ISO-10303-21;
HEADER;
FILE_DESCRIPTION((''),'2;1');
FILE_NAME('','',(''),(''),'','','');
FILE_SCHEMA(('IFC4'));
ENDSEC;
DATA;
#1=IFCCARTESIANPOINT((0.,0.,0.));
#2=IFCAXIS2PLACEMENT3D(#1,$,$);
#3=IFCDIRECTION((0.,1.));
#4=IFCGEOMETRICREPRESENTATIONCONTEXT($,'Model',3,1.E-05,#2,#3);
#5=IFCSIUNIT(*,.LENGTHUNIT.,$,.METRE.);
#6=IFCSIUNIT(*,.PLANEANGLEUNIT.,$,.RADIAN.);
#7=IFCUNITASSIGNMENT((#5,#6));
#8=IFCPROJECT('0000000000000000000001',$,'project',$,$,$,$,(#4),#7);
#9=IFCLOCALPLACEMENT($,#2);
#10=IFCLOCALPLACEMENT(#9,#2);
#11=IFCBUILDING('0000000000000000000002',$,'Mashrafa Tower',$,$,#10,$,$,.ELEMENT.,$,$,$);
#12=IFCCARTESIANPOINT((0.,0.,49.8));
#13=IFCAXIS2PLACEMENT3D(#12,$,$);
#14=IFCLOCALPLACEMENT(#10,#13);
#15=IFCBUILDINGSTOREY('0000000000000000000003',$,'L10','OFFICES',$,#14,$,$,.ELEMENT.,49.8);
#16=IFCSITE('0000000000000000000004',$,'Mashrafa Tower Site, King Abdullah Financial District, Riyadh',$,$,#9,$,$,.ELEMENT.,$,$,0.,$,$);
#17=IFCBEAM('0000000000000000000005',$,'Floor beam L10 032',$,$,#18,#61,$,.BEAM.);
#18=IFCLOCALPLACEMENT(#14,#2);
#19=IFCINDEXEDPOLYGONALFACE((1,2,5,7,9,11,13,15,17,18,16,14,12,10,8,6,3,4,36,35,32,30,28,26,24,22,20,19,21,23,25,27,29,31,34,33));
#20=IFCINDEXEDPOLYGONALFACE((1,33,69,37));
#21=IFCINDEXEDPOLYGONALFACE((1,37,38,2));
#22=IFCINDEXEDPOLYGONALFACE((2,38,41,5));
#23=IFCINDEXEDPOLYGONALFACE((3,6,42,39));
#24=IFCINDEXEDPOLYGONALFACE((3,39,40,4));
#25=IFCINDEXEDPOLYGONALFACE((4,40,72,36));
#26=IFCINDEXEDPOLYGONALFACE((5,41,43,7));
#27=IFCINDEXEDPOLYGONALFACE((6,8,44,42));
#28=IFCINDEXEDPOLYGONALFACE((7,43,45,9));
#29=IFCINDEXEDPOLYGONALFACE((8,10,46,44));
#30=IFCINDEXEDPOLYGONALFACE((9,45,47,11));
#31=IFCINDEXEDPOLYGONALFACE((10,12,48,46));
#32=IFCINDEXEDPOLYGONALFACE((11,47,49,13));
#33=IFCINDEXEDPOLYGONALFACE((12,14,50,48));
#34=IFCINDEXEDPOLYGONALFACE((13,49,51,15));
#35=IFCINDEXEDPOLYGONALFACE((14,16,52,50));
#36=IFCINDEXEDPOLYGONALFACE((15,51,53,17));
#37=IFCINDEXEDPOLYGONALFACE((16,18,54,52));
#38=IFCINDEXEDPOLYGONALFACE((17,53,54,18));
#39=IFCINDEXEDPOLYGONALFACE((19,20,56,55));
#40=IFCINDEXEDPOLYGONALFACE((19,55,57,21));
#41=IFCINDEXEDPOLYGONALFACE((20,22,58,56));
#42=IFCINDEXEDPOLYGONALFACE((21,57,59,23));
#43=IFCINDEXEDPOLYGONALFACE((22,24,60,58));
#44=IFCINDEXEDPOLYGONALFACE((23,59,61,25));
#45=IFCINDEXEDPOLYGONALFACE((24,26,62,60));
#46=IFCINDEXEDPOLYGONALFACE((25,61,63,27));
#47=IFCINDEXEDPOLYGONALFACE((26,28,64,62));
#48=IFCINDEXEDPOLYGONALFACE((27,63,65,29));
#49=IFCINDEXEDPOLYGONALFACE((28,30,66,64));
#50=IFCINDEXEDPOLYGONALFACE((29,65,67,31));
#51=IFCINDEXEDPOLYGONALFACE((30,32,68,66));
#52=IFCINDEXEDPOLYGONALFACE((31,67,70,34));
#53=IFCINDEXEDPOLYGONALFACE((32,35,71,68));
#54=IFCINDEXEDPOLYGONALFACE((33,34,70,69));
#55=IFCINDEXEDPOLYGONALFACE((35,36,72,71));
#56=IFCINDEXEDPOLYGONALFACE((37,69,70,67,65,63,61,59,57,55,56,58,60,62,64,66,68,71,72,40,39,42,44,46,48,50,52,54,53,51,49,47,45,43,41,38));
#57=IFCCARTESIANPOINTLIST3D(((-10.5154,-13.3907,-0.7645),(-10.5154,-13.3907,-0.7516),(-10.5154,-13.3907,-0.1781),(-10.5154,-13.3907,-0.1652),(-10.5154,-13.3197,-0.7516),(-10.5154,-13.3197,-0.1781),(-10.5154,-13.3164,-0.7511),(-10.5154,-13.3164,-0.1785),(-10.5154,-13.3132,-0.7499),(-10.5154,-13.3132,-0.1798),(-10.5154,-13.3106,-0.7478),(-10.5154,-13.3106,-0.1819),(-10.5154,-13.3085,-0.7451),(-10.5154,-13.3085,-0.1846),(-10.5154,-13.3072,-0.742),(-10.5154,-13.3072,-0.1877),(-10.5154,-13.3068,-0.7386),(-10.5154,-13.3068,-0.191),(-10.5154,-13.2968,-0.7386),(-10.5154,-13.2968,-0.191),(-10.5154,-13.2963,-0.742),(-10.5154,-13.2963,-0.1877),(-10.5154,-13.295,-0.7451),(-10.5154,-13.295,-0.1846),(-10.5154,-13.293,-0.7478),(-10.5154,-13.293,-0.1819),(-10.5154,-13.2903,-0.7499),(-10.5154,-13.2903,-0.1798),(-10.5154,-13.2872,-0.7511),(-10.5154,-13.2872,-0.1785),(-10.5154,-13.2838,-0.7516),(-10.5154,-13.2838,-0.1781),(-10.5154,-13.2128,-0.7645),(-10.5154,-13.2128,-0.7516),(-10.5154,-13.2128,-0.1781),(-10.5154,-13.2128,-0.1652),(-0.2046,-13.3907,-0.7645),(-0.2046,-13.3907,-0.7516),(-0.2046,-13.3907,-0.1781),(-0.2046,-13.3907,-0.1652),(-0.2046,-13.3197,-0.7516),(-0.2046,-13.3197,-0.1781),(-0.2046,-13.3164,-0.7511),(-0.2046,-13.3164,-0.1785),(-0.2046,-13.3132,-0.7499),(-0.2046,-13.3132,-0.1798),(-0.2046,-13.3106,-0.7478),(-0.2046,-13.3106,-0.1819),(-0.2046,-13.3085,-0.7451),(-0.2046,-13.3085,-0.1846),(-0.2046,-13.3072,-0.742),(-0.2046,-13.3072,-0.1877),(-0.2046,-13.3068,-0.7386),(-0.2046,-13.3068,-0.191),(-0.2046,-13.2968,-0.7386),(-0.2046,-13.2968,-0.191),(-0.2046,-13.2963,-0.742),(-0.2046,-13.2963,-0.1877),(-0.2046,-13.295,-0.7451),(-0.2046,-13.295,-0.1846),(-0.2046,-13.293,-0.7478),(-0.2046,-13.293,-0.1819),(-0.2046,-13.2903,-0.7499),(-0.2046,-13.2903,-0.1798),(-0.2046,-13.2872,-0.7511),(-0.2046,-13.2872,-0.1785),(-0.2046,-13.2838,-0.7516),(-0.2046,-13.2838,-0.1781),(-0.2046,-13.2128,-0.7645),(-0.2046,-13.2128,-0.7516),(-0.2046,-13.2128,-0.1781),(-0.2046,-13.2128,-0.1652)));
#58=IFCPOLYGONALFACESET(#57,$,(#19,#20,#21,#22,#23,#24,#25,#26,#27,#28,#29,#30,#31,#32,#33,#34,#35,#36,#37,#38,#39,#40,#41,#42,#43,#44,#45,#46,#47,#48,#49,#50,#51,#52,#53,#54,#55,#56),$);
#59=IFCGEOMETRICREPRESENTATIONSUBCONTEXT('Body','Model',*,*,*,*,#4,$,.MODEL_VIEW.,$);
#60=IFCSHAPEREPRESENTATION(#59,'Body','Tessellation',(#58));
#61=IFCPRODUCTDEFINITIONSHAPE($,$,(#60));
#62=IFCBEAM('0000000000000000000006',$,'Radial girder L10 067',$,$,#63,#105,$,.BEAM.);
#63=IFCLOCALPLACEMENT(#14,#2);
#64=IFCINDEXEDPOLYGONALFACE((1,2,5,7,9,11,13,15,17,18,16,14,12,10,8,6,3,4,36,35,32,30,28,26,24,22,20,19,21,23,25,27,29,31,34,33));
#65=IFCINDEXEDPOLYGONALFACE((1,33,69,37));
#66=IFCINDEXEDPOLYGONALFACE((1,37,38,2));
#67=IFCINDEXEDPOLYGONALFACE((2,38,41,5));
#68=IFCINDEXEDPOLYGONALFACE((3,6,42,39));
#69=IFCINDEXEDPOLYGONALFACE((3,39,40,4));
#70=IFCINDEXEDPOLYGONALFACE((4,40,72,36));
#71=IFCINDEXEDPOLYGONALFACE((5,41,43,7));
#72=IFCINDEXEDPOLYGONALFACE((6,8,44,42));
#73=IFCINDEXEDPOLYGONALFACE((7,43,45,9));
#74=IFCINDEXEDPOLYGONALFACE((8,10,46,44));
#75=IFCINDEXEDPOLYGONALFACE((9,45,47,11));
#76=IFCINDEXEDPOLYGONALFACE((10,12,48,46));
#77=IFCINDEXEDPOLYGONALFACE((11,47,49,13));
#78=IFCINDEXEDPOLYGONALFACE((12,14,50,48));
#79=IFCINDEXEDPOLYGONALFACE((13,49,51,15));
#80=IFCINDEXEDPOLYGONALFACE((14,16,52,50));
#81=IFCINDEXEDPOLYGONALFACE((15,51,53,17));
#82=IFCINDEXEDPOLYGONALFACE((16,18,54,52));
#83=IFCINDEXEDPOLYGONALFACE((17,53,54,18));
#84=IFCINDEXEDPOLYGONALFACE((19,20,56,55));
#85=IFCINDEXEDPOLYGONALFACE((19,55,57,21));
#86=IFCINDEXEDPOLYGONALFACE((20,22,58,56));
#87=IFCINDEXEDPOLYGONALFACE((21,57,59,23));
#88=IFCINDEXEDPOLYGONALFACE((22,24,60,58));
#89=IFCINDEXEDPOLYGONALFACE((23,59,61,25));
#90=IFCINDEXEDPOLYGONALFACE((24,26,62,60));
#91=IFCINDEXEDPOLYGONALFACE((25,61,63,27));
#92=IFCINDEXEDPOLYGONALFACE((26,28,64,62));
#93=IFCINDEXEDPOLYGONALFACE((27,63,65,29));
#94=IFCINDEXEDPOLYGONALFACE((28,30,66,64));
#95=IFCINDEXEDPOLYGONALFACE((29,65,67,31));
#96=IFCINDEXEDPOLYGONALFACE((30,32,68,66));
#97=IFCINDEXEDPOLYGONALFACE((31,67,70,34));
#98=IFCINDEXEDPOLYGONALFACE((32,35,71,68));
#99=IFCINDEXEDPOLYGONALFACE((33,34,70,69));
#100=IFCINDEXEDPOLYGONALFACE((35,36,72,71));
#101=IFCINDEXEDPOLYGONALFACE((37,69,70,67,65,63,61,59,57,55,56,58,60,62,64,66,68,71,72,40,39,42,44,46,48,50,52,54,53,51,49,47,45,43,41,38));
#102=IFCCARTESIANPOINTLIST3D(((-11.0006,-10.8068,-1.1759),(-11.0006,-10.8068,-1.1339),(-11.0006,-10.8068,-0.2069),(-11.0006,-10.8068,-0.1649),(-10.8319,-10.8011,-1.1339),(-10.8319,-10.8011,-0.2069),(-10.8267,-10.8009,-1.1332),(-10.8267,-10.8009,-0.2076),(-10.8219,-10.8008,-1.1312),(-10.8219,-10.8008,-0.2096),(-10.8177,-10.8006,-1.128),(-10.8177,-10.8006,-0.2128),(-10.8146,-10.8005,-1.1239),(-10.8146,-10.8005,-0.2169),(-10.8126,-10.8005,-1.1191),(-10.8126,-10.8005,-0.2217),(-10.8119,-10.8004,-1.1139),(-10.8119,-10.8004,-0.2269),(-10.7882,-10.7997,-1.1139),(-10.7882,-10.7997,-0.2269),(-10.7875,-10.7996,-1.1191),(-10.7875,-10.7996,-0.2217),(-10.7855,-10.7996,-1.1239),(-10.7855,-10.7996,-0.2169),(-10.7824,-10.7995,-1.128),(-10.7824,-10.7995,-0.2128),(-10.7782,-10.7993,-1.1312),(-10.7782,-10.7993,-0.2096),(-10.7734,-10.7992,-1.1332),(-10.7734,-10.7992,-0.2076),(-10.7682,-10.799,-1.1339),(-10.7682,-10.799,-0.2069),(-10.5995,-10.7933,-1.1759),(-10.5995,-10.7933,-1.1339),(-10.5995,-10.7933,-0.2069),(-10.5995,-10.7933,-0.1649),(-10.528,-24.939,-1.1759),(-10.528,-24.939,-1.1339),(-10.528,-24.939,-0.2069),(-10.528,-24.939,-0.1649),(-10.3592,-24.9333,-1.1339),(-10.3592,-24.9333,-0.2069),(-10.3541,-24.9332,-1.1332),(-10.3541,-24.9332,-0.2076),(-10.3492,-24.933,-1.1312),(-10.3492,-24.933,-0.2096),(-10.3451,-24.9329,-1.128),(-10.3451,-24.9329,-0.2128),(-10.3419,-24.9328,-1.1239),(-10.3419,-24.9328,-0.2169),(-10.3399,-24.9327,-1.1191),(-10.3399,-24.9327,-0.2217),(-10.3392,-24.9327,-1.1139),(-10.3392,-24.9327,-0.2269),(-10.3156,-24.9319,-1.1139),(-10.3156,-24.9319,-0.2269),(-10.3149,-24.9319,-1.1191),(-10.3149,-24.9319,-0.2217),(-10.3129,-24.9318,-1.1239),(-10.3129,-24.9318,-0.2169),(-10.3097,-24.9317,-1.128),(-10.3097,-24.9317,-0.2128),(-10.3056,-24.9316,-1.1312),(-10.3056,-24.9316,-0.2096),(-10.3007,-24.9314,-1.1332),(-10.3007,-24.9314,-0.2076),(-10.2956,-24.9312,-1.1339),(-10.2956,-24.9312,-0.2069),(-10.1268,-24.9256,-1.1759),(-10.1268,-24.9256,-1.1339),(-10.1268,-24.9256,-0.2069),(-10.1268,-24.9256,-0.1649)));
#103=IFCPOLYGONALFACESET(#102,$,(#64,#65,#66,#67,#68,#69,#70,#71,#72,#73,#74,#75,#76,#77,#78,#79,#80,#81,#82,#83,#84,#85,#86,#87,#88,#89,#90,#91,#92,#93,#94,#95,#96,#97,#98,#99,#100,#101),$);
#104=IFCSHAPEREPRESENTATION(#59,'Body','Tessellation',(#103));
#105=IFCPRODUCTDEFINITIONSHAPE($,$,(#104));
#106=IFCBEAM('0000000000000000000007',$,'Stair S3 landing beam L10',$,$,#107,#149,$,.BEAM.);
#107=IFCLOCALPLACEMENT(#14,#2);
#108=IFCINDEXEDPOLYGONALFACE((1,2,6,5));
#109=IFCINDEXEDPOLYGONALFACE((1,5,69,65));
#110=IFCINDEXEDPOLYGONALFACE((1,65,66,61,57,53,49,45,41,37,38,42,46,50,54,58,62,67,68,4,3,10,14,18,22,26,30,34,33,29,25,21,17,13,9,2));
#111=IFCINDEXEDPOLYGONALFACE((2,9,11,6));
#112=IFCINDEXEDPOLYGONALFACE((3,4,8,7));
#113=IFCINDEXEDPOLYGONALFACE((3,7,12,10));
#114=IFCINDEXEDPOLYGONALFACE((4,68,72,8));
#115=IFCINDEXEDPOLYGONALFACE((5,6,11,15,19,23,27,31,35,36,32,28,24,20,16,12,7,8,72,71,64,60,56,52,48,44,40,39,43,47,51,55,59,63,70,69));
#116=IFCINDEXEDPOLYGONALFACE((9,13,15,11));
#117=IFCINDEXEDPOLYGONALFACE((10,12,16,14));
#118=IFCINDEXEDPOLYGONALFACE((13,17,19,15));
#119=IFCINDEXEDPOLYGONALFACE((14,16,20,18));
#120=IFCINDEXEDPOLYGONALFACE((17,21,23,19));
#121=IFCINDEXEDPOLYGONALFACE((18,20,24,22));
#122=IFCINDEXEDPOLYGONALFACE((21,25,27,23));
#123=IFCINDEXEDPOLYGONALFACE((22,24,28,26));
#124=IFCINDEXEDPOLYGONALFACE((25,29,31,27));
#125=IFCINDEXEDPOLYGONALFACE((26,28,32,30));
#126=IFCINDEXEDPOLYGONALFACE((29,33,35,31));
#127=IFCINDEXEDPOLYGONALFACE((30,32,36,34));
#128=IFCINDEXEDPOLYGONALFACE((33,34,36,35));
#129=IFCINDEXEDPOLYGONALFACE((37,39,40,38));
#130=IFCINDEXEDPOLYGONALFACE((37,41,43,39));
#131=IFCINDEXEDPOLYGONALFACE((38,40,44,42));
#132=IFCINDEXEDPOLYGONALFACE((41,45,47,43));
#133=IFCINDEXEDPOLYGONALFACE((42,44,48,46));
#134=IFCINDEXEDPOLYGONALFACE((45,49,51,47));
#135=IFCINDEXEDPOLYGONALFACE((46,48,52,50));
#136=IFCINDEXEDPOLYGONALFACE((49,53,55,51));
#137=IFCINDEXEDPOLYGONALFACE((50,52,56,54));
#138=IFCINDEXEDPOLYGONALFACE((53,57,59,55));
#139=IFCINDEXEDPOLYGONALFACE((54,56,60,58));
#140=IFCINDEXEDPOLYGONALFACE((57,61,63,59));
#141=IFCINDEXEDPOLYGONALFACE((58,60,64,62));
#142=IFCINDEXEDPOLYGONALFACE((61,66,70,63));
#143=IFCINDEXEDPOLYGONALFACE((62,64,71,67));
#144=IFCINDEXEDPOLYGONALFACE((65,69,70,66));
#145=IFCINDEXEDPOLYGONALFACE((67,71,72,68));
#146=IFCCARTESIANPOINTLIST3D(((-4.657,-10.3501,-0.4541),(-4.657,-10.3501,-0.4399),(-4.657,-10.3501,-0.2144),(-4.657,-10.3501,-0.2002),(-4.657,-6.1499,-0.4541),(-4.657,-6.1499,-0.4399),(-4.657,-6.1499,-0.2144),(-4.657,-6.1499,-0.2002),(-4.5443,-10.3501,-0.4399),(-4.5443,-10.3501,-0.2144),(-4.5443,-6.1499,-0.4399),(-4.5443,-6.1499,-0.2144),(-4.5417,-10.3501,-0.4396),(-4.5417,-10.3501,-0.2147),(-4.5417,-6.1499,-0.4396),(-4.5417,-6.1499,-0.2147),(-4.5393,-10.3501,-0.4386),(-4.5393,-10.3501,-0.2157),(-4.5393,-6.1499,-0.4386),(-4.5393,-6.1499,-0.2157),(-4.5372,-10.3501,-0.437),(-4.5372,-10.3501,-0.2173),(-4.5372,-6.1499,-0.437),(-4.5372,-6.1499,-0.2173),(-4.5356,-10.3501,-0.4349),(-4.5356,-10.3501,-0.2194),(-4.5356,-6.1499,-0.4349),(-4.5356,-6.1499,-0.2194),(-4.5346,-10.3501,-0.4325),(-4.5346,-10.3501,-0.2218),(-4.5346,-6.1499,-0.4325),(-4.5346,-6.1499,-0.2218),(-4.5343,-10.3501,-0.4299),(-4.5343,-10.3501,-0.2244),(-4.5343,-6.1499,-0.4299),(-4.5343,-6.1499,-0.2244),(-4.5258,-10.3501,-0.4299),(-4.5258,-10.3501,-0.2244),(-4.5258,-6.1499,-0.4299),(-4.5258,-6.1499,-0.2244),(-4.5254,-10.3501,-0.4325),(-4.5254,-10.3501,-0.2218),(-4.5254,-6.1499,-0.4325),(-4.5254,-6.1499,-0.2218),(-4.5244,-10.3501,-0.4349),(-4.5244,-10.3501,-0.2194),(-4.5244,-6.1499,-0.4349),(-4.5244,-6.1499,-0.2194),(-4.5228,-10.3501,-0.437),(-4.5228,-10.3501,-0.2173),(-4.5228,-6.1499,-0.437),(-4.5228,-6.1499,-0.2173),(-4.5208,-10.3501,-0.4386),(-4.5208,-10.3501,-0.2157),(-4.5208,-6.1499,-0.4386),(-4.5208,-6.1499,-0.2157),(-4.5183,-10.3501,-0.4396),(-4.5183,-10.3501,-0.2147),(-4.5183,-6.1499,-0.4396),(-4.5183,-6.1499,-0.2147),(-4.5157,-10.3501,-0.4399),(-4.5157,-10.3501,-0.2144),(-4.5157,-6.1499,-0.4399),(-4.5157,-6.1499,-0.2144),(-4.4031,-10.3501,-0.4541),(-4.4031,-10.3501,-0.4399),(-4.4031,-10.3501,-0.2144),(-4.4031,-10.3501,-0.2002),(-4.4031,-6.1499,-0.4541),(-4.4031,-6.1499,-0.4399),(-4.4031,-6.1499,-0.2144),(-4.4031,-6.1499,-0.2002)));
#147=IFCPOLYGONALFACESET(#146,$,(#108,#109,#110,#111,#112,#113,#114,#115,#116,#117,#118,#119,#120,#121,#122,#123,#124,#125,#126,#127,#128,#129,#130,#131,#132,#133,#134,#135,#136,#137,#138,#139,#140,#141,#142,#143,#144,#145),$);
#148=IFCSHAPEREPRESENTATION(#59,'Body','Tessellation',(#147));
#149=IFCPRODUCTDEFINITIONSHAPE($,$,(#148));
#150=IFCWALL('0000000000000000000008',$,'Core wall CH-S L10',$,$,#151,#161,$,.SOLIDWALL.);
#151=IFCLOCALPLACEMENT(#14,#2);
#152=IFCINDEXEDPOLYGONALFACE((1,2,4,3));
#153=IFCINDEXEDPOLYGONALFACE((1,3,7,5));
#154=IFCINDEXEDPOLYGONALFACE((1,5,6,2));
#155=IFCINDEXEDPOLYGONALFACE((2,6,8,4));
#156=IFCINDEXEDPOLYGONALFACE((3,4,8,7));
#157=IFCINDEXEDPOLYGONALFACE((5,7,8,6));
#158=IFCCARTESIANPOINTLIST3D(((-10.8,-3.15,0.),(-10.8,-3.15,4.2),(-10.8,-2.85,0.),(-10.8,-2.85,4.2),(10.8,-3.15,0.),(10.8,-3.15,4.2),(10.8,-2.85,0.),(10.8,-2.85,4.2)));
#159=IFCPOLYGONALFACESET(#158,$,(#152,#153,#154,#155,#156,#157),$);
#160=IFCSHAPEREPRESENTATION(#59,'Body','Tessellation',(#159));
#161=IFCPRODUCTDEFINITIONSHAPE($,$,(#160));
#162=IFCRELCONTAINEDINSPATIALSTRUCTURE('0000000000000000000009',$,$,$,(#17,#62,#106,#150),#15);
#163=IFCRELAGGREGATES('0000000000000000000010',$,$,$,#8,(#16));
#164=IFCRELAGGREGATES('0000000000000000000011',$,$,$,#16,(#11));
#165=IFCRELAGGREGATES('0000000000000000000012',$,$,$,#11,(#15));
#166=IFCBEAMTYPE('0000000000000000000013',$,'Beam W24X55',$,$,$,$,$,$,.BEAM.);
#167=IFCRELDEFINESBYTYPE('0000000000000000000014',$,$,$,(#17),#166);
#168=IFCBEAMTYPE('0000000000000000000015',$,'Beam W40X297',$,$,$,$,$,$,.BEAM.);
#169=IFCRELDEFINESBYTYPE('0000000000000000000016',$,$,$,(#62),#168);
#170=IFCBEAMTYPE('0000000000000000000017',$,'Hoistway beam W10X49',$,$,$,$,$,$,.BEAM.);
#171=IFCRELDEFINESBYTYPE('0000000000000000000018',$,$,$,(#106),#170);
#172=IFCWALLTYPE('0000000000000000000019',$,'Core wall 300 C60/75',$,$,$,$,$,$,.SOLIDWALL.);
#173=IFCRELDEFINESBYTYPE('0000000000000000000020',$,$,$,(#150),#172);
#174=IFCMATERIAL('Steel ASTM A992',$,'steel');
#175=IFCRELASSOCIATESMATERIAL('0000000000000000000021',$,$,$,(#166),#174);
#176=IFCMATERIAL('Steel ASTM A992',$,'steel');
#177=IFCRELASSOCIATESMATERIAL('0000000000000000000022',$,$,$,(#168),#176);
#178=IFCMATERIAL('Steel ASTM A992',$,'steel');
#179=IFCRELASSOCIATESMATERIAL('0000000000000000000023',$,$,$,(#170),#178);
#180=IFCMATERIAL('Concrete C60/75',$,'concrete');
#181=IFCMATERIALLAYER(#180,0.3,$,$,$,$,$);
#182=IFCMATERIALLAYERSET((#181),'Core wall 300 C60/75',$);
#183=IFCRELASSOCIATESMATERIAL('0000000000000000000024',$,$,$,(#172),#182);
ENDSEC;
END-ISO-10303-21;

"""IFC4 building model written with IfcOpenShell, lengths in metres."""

from ifc_helpers import new_model, si_unit, direction, frame, frame_2d, origin, origin_2d, place, context, subcontext, project, spatial, rectangle, i_section, extrude, material, layer, layer_set, material_profile, profile_set, type_object, element, save


model = new_model("IFC4")

# Units and contexts
model_context = context("Model", 3, precision=1e-05, world=origin(), true_north=direction((0.0, 1.0)))
body_context = subcontext(model_context, "Body", "Model", "MODEL_VIEW")
ifc_project = project(units=[si_unit("LENGTHUNIT", "METRE"), si_unit("PLANEANGLEUNIT", "RADIAN")], contexts=[model_context])

# Site, building, storey
site_placement = place(None, origin())
site = spatial("IfcSite", under=ifc_project, at=site_placement, Name="Mashrafa Tower Site, King Abdullah Financial District, Riyadh", CompositionType="ELEMENT", RefElevation=0.0)
building_placement = place(site_placement, origin())
building = spatial("IfcBuilding", under=site, at=building_placement, Name="Mashrafa Tower", CompositionType="ELEMENT")
storey_placement = place(building_placement, frame((0.0, 0.0, 49.8)))
storey = spatial("IfcBuildingStorey", under=building, at=storey_placement, Name="L10", Description="OFFICES", CompositionType="ELEMENT", Elevation=49.8)

# Beams
ifc_material_1 = material(Name="Steel ASTM A992", Category="steel")
ifc_material_profile_1 = material_profile(ifc_material_1, i_section(OverallWidth=0.178, OverallDepth=0.5994, WebThickness=0.01, FlangeThickness=0.0129, FilletRadius=0.0129, at=origin_2d()), Name="W24X55")
ifc_profile_set_1 = profile_set([ifc_material_profile_1], Name="Steel ASTM A992")
beam_type_1 = type_object("IfcBeamType", Name="Beam W24X55", PredefinedType="BEAM", material=ifc_profile_set_1)
beam_1_placement = place(storey_placement, frame((-0.2046, -13.3018, -0.4648), z_axis=(-1.0, 0.0, 0.0), x_axis=(0.0, -1.0, 0.0)))
element("IfcBeam", 1, at=beam_1_placement, inside=storey, type_object=beam_type_1, Name="Floor beam L10 032", PredefinedType="BEAM", context=body_context, shape_type="SweptSolid", body=[
    extrude(i_section(OverallWidth=0.178, OverallDepth=0.5994, WebThickness=0.01, FlangeThickness=0.0129, FilletRadius=0.0129, at=origin_2d()), origin(), (0.0, 0.0, 1.0), 10.3108),
])
ifc_material_2 = material(Name="Steel ASTM A992", Category="steel")
ifc_material_profile_2 = material_profile(ifc_material_2, i_section(OverallWidth=0.4014, OverallDepth=1.011, WebThickness=0.0237, FlangeThickness=0.042, FilletRadius=0.02, at=origin_2d()), Name="W40X297")
ifc_profile_set_2 = profile_set([ifc_material_profile_2], Name="Steel ASTM A992")
beam_type_2 = type_object("IfcBeamType", Name="Beam W40X297", PredefinedType="BEAM", material=ifc_profile_set_2)
beam_2_placement = place(storey_placement, frame((-10.8, -10.8, -0.6704), z_axis=(0.033426, -0.999441, 0.0), x_axis=(0.999441, 0.033426, 0.0)))
element("IfcBeam", 2, at=beam_2_placement, inside=storey, type_object=beam_type_2, Name="Radial girder L10 067", PredefinedType="BEAM", context=body_context, shape_type="SweptSolid", body=[
    extrude(i_section(OverallWidth=0.4014, OverallDepth=1.011, WebThickness=0.0237, FlangeThickness=0.042, FilletRadius=0.02, at=origin_2d()), origin(), (0.0, 0.0, 1.0), 14.1401),
])
ifc_material_3 = material(Name="Steel ASTM A992", Category="steel")
ifc_material_profile_3 = material_profile(ifc_material_3, i_section(OverallWidth=0.2539, OverallDepth=0.2539, WebThickness=0.0085, FlangeThickness=0.0142, FilletRadius=0.01, at=origin_2d()), Name="W10X49")
ifc_profile_set_3 = profile_set([ifc_material_profile_3], Name="Steel ASTM A992")
beam_type_3 = type_object("IfcBeamType", Name="Hoistway beam W10X49", PredefinedType="BEAM", material=ifc_profile_set_3)
beam_3_placement = place(storey_placement, frame((-4.53, -10.3501, -0.3271), z_axis=(0.0, 1.0, 0.0), x_axis=(-1.0, 0.0, 0.0)))
element("IfcBeam", 3, at=beam_3_placement, inside=storey, type_object=beam_type_3, Name="Stair S3 landing beam L10", PredefinedType="BEAM", context=body_context, shape_type="SweptSolid", body=[
    extrude(i_section(OverallWidth=0.2539, OverallDepth=0.2539, WebThickness=0.0085, FlangeThickness=0.0142, FilletRadius=0.01, at=origin_2d()), origin(), (0.0, 0.0, 1.0), 4.2002),
])

# Wall
ifc_material_4 = material(Name="Concrete C60/75", Category="concrete")
ifc_layer_1 = layer(ifc_material_4, 0.3)
ifc_layer_set_1 = layer_set([ifc_layer_1], Name="Core wall 300 C60/75")
wall_type_1 = type_object("IfcWallType", Name="Core wall 300 C60/75", PredefinedType="SOLIDWALL", material=ifc_layer_set_1)
wall_1_placement = place(storey_placement, frame((-10.8, -3.0, 0.0), z_axis=(0.0, 0.0, 1.0), x_axis=(1.0, 0.0, 0.0)))
element("IfcWall", 4, at=wall_1_placement, inside=storey, type_object=wall_type_1, Name="Core wall CH-S L10", PredefinedType="SOLIDWALL", context=body_context, shape_type="SweptSolid", body=[
    extrude(rectangle(XDim=21.6001, YDim=0.3, at=frame_2d((10.8, 0.0))), origin(), (0.0, 0.0, 1.0), 4.2),
])

save(model, "model.ifc")
